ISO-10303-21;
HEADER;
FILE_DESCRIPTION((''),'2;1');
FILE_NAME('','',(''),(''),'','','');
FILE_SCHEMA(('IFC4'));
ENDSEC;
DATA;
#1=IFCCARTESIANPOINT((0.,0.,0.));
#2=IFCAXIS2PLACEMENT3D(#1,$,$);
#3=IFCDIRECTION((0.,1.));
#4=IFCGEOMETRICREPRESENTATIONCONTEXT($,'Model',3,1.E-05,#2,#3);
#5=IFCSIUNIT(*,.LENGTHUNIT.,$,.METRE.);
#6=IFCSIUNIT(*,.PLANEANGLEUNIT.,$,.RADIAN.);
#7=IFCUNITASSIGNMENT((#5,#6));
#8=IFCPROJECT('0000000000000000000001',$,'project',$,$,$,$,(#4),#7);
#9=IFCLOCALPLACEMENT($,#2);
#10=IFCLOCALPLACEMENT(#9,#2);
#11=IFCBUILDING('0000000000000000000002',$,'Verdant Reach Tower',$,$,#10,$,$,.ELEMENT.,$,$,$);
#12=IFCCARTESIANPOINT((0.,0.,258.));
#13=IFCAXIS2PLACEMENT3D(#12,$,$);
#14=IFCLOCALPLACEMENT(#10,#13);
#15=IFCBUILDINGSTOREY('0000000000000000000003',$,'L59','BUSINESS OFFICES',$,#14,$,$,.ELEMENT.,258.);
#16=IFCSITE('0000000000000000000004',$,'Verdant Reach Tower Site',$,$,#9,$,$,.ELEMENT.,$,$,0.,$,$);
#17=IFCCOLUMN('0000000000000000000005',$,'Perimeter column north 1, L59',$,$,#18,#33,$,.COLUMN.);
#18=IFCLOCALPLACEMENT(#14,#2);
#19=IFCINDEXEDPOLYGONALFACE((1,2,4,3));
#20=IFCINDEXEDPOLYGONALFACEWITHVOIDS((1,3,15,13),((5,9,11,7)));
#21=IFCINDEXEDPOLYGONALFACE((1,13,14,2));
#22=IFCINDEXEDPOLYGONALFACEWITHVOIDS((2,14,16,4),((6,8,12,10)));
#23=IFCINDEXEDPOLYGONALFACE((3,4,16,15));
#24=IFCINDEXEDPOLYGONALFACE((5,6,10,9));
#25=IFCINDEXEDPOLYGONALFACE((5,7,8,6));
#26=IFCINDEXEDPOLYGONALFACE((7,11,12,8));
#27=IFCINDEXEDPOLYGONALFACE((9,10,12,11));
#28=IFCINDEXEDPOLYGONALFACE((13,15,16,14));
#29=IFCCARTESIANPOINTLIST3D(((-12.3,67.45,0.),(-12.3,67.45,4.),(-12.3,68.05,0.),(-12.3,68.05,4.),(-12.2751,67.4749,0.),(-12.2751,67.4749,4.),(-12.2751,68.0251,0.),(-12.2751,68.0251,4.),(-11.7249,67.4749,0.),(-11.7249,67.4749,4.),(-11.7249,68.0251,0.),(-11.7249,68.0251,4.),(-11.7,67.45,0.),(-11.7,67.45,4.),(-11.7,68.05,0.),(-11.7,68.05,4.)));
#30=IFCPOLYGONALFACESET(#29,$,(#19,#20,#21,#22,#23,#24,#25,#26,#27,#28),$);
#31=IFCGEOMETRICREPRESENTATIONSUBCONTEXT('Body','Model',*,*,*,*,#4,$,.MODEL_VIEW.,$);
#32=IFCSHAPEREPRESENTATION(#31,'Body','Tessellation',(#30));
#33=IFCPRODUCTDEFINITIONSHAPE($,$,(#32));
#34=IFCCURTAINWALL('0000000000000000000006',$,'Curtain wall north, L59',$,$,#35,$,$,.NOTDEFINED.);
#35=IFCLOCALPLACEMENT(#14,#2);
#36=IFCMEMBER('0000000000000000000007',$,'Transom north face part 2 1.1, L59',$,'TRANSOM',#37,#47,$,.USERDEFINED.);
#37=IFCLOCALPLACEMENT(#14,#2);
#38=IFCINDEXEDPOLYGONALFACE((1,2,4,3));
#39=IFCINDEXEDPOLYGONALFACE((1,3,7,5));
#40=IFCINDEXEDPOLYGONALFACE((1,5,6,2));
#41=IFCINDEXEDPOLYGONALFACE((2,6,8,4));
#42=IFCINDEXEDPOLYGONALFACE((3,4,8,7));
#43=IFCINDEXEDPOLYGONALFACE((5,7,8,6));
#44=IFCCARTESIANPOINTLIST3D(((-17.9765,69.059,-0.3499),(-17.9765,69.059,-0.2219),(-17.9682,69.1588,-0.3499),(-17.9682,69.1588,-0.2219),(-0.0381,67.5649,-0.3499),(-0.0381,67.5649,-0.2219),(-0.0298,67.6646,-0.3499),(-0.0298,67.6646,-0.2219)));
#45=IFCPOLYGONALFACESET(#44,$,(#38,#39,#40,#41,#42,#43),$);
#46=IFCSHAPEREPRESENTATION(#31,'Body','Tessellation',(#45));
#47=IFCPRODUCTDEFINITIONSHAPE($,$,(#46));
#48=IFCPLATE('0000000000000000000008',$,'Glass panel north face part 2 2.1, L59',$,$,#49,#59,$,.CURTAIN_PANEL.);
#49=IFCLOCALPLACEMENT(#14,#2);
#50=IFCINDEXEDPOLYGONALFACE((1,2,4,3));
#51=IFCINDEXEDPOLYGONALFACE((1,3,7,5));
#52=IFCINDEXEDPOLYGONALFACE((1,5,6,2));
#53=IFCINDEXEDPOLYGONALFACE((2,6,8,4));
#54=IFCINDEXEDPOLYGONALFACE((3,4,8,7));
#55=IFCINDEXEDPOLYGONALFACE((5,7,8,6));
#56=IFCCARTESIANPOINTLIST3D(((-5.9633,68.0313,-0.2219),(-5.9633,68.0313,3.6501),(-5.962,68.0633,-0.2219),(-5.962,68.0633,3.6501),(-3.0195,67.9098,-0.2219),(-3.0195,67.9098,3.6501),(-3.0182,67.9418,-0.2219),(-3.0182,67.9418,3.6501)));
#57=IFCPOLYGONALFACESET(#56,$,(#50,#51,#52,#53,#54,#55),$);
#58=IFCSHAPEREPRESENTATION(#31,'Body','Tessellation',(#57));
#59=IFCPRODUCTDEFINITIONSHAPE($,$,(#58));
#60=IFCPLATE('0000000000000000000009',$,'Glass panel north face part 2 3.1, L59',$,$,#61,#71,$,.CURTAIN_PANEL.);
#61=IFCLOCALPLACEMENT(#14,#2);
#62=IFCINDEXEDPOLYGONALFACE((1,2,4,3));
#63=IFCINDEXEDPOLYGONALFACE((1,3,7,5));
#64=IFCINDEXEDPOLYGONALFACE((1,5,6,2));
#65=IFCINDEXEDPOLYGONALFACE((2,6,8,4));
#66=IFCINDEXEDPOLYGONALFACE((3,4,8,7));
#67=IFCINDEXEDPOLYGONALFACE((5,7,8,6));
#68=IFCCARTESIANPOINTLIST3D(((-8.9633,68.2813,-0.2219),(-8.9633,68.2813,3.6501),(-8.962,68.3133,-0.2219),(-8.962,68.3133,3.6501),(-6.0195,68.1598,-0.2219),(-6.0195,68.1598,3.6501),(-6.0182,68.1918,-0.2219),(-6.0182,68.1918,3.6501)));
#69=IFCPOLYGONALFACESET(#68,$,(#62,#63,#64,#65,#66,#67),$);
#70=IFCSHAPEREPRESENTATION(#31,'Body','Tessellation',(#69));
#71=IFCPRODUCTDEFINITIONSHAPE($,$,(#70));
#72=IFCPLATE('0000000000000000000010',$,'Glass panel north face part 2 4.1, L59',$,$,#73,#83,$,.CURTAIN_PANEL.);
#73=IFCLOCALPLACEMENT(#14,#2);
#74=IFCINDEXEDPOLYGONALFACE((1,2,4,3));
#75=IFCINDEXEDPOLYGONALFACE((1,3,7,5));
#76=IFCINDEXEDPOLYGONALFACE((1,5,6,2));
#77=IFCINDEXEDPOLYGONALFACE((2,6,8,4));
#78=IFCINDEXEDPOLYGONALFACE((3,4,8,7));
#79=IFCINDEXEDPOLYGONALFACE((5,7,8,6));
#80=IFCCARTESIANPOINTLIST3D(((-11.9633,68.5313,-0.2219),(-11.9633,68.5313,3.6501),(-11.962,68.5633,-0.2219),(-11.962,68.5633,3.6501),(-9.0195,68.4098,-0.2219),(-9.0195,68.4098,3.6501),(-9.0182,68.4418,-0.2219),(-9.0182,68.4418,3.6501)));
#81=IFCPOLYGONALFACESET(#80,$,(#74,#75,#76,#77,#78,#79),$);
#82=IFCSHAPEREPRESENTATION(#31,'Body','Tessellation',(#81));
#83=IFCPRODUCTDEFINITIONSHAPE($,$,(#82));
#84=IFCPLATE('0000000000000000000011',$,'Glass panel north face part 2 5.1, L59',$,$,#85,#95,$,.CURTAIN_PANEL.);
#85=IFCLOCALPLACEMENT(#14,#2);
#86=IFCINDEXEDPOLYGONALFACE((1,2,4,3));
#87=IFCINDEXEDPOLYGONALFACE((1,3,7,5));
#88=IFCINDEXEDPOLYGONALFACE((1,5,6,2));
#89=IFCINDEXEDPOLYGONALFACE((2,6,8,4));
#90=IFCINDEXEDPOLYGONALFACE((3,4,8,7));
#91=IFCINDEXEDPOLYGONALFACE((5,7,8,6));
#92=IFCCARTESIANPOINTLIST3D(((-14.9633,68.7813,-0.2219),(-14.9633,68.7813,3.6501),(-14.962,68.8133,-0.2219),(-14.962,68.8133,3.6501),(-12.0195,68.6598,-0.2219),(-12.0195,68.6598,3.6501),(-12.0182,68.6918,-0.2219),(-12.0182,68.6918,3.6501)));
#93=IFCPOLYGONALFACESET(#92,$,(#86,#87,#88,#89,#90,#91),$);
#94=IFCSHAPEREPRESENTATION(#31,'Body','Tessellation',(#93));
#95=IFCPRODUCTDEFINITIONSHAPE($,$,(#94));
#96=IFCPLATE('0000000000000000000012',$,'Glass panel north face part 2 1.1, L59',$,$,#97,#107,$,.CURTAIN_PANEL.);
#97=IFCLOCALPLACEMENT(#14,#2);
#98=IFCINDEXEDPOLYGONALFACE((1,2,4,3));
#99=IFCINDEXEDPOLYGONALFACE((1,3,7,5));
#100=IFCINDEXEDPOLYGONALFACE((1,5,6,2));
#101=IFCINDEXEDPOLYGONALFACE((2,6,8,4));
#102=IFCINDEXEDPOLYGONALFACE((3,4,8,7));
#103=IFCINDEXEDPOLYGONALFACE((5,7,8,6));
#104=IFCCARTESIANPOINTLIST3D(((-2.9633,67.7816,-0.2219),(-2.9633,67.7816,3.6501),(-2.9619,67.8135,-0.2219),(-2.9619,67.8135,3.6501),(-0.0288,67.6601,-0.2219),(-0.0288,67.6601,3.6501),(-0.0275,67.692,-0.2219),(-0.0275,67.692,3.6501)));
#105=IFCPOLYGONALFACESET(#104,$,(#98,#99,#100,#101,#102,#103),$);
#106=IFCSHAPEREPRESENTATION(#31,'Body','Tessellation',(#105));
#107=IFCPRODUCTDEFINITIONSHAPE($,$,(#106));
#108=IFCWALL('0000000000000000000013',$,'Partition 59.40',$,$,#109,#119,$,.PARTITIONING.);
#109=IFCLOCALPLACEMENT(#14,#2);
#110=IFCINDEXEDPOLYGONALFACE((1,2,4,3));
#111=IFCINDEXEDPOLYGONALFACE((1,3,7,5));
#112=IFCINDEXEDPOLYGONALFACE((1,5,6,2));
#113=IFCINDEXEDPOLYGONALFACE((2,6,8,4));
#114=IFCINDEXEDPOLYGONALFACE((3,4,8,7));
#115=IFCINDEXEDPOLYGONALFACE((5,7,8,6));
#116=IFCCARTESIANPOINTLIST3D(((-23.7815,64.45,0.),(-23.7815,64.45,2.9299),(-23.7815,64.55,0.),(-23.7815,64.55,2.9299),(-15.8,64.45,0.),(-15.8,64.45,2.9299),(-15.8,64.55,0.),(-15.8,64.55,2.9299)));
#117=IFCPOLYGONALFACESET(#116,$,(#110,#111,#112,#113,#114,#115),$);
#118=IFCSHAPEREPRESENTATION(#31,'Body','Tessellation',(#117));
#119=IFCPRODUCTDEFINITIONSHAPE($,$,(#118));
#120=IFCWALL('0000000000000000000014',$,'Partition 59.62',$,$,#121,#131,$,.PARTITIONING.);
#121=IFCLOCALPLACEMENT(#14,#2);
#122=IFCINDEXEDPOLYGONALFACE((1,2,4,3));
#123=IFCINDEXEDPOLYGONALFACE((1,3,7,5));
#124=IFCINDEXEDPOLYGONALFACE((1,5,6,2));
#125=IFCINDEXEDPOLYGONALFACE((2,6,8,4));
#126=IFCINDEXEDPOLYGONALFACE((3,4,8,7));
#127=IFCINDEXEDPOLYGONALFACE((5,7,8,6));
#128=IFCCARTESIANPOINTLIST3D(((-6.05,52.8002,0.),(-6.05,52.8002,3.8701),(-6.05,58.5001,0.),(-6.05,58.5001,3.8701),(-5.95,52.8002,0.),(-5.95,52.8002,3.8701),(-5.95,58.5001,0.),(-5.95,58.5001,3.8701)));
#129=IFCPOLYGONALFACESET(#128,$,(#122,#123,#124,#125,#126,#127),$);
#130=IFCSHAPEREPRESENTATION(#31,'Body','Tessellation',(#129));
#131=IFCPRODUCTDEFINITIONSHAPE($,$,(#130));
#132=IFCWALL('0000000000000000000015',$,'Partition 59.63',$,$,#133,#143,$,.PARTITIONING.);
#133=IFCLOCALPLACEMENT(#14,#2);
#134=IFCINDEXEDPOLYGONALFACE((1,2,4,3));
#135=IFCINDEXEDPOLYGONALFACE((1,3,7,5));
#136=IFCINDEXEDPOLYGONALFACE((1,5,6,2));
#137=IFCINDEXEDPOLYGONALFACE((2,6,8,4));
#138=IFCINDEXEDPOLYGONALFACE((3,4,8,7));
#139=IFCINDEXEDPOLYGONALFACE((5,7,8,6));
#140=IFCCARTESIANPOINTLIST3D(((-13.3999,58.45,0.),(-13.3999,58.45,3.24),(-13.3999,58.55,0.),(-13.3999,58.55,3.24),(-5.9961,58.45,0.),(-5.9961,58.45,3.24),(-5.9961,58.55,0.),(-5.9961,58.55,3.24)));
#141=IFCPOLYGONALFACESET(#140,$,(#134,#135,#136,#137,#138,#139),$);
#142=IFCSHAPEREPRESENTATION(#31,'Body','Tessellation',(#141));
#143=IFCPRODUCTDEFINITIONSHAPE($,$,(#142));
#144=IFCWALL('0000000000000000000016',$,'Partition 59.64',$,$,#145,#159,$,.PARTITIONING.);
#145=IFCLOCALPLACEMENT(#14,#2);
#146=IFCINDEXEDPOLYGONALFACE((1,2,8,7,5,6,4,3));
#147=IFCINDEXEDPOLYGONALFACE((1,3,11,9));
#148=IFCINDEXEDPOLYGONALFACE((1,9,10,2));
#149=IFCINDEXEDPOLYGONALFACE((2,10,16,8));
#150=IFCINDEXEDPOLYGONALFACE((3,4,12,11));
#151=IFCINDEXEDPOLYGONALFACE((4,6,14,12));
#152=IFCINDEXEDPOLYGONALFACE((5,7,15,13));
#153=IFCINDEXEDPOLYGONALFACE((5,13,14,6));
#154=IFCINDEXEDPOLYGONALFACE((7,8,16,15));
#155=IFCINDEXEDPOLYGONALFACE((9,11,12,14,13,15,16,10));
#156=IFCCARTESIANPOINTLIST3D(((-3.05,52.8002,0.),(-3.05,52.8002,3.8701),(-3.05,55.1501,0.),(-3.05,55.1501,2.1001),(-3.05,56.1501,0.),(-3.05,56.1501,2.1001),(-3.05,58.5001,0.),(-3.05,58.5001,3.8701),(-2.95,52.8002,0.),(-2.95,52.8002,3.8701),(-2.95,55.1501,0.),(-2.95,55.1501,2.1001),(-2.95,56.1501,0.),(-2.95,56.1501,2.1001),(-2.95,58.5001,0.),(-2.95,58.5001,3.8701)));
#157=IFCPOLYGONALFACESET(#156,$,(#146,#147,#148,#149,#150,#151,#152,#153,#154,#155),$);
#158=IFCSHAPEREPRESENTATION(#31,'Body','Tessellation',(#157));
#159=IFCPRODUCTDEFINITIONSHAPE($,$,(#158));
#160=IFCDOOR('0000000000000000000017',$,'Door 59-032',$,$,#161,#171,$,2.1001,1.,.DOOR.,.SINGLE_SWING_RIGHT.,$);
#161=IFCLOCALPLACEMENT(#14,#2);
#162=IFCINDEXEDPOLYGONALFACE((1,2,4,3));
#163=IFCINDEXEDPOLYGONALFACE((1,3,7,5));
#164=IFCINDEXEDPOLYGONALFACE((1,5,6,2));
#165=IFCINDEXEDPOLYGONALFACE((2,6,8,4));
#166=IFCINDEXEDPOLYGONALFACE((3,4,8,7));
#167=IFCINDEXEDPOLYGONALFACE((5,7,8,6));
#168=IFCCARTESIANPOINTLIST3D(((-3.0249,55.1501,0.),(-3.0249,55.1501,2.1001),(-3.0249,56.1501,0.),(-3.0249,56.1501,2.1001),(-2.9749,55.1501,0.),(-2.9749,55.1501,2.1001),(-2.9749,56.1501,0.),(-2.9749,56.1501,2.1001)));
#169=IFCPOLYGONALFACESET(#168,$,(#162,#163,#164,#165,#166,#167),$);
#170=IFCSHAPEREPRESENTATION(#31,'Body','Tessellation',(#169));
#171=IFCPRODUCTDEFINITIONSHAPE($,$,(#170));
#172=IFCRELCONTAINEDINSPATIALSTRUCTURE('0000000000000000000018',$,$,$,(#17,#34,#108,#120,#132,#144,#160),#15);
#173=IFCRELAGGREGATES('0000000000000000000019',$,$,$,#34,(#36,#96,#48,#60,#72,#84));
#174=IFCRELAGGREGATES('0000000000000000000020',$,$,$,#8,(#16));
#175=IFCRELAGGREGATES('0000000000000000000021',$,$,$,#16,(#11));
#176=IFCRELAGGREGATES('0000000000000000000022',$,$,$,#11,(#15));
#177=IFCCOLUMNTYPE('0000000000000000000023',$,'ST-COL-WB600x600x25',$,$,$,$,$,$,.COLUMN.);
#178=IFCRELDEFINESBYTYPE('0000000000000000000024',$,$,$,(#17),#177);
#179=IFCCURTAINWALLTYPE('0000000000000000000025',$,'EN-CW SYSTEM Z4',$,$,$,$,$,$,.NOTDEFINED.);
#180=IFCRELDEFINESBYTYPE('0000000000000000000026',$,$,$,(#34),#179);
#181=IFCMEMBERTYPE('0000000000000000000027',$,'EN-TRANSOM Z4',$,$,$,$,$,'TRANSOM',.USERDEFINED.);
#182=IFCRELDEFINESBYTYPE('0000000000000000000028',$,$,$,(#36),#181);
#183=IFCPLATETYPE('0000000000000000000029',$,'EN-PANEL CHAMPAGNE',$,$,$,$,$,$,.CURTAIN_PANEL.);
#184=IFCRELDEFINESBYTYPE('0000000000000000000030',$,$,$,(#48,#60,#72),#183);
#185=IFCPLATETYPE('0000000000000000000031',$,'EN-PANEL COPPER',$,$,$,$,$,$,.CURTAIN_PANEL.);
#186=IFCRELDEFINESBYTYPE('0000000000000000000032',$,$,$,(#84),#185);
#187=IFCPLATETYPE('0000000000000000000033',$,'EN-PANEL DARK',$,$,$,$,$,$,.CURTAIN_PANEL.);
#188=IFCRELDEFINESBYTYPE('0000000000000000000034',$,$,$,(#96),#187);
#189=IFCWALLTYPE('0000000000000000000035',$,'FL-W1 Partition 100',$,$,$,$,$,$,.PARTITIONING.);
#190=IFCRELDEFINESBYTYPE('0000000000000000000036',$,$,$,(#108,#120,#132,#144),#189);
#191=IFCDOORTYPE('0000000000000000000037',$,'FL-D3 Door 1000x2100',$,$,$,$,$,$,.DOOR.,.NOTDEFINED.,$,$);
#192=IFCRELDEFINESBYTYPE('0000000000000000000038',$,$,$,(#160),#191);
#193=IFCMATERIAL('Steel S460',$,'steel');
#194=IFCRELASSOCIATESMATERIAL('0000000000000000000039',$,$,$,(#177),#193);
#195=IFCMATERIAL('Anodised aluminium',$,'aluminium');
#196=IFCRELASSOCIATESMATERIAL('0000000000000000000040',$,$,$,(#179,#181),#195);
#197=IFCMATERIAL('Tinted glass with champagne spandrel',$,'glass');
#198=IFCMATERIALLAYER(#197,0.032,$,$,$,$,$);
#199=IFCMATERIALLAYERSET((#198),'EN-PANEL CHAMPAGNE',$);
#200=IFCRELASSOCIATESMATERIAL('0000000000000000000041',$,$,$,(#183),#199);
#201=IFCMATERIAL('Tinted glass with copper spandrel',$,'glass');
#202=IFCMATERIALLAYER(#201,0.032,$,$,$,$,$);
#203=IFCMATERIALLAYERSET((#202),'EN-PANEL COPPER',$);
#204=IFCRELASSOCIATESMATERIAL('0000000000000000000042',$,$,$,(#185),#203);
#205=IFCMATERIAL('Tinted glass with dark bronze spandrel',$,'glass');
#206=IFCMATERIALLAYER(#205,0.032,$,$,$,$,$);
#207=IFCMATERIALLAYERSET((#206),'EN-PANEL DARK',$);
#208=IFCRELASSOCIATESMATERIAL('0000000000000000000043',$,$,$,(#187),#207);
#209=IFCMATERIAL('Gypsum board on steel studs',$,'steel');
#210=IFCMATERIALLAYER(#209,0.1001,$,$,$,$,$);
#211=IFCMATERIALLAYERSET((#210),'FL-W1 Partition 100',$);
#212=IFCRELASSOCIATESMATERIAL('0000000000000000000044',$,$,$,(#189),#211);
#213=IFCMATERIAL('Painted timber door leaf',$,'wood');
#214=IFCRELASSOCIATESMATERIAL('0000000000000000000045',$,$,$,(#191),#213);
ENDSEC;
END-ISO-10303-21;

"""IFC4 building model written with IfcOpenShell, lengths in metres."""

from ifc_helpers import new_model, si_unit, direction, frame, frame_2d, origin, origin_2d, place, context, subcontext, project, spatial, rectangle, hollow_rectangle, extrude, material, layer, layer_set, material_profile, profile_set, type_object, element, fill, aggregate, save


model = new_model("IFC4")

# Units and contexts
model_context = context("Model", 3, precision=1e-05, world=origin(), true_north=direction((0.0, 1.0)))
body_context = subcontext(model_context, "Body", "Model", "MODEL_VIEW")
ifc_project = project(units=[si_unit("LENGTHUNIT", "METRE"), si_unit("PLANEANGLEUNIT", "RADIAN")], contexts=[model_context])

# Site, building, storey
site_placement = place(None, origin())
site = spatial("IfcSite", under=ifc_project, at=site_placement, Name="Verdant Reach Tower Site", CompositionType="ELEMENT", RefElevation=0.0)
building_placement = place(site_placement, origin())
building = spatial("IfcBuilding", under=site, at=building_placement, Name="Verdant Reach Tower", CompositionType="ELEMENT")
storey_placement = place(building_placement, frame((0.0, 0.0, 258.0)))
storey = spatial("IfcBuildingStorey", under=building, at=storey_placement, Name="L59", Description="BUSINESS OFFICES", CompositionType="ELEMENT", Elevation=258.0)

# Column
ifc_material_1 = material(Name="Steel S460", Category="steel")
ifc_material_profile_1 = material_profile(ifc_material_1, hollow_rectangle(XDim=0.6001, YDim=0.6001, WallThickness=0.0249, at=origin_2d()), Name="WB 600x600x25")
ifc_profile_set_1 = profile_set([ifc_material_profile_1], Name="Steel S460")
column_type = type_object("IfcColumnType", Name="ST-COL-WB600x600x25", PredefinedType="COLUMN", material=ifc_profile_set_1)
column_placement = place(storey_placement, frame((-12.0, 67.75, 0.0), z_axis=(0.0, 0.0, 1.0), x_axis=(1.0, 0.0, 0.0)))
element("IfcColumn", 1, at=column_placement, inside=storey, type_object=column_type, Name="Perimeter column north 1, L59", PredefinedType="COLUMN", context=body_context, shape_type="SweptSolid", body=[
    extrude(hollow_rectangle(XDim=0.6001, YDim=0.6001, WallThickness=0.0249, at=origin_2d()), origin(), (0.0, 0.0, 1.0), 4.0),
])

# Curtain wall, member, plates
ifc_material_2 = material(Name="Anodised aluminium", Category="aluminium")
curtain_wall_type = type_object("IfcCurtainWallType", Name="EN-CW SYSTEM Z4", PredefinedType="NOTDEFINED", material=ifc_material_2)
curtain_wall_placement = place(storey_placement, origin())
curtain_wall = element("IfcCurtainWall", 2, at=curtain_wall_placement, inside=storey, type_object=curtain_wall_type, Name="Curtain wall north, L59", PredefinedType="NOTDEFINED")
ifc_material_profile_2 = material_profile(ifc_material_2, rectangle(XDim=0.1001, YDim=0.1279, at=origin_2d()), Name="Transom 128x100")
ifc_profile_set_2 = profile_set([ifc_material_profile_2], Name="Anodised aluminium")
member_type = type_object("IfcMemberType", Name="EN-TRANSOM Z4", ElementType="TRANSOM", PredefinedType="USERDEFINED", material=ifc_profile_set_2)
member_placement = place(storey_placement, frame((-0.0339, 67.6147, -0.2859), z_axis=(-0.996549, 0.083005, 0.0), x_axis=(-0.083005, -0.996549, 0.0)))
member = element("IfcMember", 3, at=member_placement, type_object=member_type, Name="Transom north face part 2 1.1, L59", ObjectType="TRANSOM", PredefinedType="USERDEFINED", context=body_context, shape_type="SweptSolid", body=[
    extrude(rectangle(XDim=0.1001, YDim=0.1279, at=origin_2d()), origin(), (0.0, 0.0, 1.0), 18.0005),
])
ifc_material_3 = material(Name="Tinted glass with champagne spandrel", Category="glass")
ifc_layer_1 = layer(ifc_material_3, 0.032)
ifc_layer_set_1 = layer_set([ifc_layer_1], Name="EN-PANEL CHAMPAGNE")
plate_type_1 = type_object("IfcPlateType", Name="EN-PANEL CHAMPAGNE", PredefinedType="CURTAIN_PANEL", material=ifc_layer_set_1)
plate_1_placement = place(storey_placement, frame((-4.4907, 67.9866, -0.2219), z_axis=(0.0, 0.0, 1.0), x_axis=(-0.999149, 0.041242, 0.0)))
plate_1 = element("IfcPlate", 4, at=plate_1_placement, type_object=plate_type_1, Name="Glass panel north face part 2 2.1, L59", PredefinedType="CURTAIN_PANEL", context=body_context, shape_type="SweptSolid", body=[
    extrude(rectangle(XDim=2.9463, YDim=0.032, at=origin_2d()), origin(), (0.0, 0.0, 1.0), 3.8721),
])
plate_2_placement = place(storey_placement, frame((-7.4907, 68.2366, -0.2219), z_axis=(0.0, 0.0, 1.0), x_axis=(-0.999149, 0.041242, 0.0)))
plate_2 = element("IfcPlate", 5, at=plate_2_placement, type_object=plate_type_1, Name="Glass panel north face part 2 3.1, L59", PredefinedType="CURTAIN_PANEL", context=body_context, shape_type="SweptSolid", body=[
    extrude(rectangle(XDim=2.9463, YDim=0.032, at=origin_2d()), origin(), (0.0, 0.0, 1.0), 3.8721),
])
plate_3_placement = place(storey_placement, frame((-10.4907, 68.4866, -0.2219), z_axis=(0.0, 0.0, 1.0), x_axis=(-0.999149, 0.041242, 0.0)))
plate_3 = element("IfcPlate", 6, at=plate_3_placement, type_object=plate_type_1, Name="Glass panel north face part 2 4.1, L59", PredefinedType="CURTAIN_PANEL", context=body_context, shape_type="SweptSolid", body=[
    extrude(rectangle(XDim=2.9463, YDim=0.032, at=origin_2d()), origin(), (0.0, 0.0, 1.0), 3.8721),
])
ifc_material_4 = material(Name="Tinted glass with copper spandrel", Category="glass")
ifc_layer_2 = layer(ifc_material_4, 0.032)
ifc_layer_set_2 = layer_set([ifc_layer_2], Name="EN-PANEL COPPER")
plate_type_2 = type_object("IfcPlateType", Name="EN-PANEL COPPER", PredefinedType="CURTAIN_PANEL", material=ifc_layer_set_2)
plate_4_placement = place(storey_placement, frame((-13.4907, 68.7366, -0.2219), z_axis=(0.0, 0.0, 1.0), x_axis=(-0.999149, 0.041242, 0.0)))
plate_4 = element("IfcPlate", 7, at=plate_4_placement, type_object=plate_type_2, Name="Glass panel north face part 2 5.1, L59", PredefinedType="CURTAIN_PANEL", context=body_context, shape_type="SweptSolid", body=[
    extrude(rectangle(XDim=2.9463, YDim=0.032, at=origin_2d()), origin(), (0.0, 0.0, 1.0), 3.8721),
])
ifc_material_5 = material(Name="Tinted glass with dark bronze spandrel", Category="glass")
ifc_layer_3 = layer(ifc_material_5, 0.032)
ifc_layer_set_3 = layer_set([ifc_layer_3], Name="EN-PANEL DARK")
plate_type_3 = type_object("IfcPlateType", Name="EN-PANEL DARK", PredefinedType="CURTAIN_PANEL", material=ifc_layer_set_3)
plate_5_placement = place(storey_placement, frame((-1.4954, 67.7368, -0.2219), z_axis=(0.0, 0.0, 1.0), x_axis=(-0.999144, 0.04137, 0.0)))
plate_5 = element("IfcPlate", 8, at=plate_5_placement, type_object=plate_type_3, Name="Glass panel north face part 2 1.1, L59", PredefinedType="CURTAIN_PANEL", context=body_context, shape_type="SweptSolid", body=[
    extrude(rectangle(XDim=2.937, YDim=0.032, at=origin_2d()), origin(), (0.0, 0.0, 1.0), 3.8721),
])
aggregate(curtain_wall, [member, plate_5, plate_1, plate_2, plate_3, plate_4])

# Walls
ifc_material_6 = material(Name="Gypsum board on steel studs", Category="steel")
ifc_layer_4 = layer(ifc_material_6, 0.1001)
ifc_layer_set_4 = layer_set([ifc_layer_4], Name="FL-W1 Partition 100")
wall_type_1 = type_object("IfcWallType", Name="FL-W1 Partition 100", PredefinedType="PARTITIONING", material=ifc_layer_set_4)
wall_1_placement = place(storey_placement, frame((-15.8, 64.5, 0.0), z_axis=(0.0, 0.0, 1.0), x_axis=(-1.0, 0.0, 0.0)))
element("IfcWall", 9, at=wall_1_placement, inside=storey, type_object=wall_type_1, Name="Partition 59.40", PredefinedType="PARTITIONING", context=body_context, shape_type="SweptSolid", body=[
    extrude(rectangle(XDim=7.9814, YDim=0.1001, at=frame_2d((3.9907, 0.0))), origin(), (0.0, 0.0, 1.0), 2.9299),
])
wall_2_placement = place(storey_placement, frame((-6.0, 52.8, 0.0), z_axis=(0.0, 0.0, 1.0), x_axis=(0.0, 1.0, 0.0)))
element("IfcWall", 10, at=wall_2_placement, inside=storey, type_object=wall_type_1, Name="Partition 59.62", PredefinedType="PARTITIONING", context=body_context, shape_type="SweptSolid", body=[
    extrude(rectangle(XDim=5.7, YDim=0.1001, at=frame_2d((2.8501, 0.0))), origin(), (0.0, 0.0, 1.0), 3.8701),
])
wall_3_placement = place(storey_placement, frame((-5.9961, 58.5, 0.0), z_axis=(0.0, 0.0, 1.0), x_axis=(-1.0, 0.0, 0.0)))
element("IfcWall", 11, at=wall_3_placement, inside=storey, type_object=wall_type_1, Name="Partition 59.63", PredefinedType="PARTITIONING", context=body_context, shape_type="SweptSolid", body=[
    extrude(rectangle(XDim=7.4038, YDim=0.1001, at=frame_2d((3.7019, 0.0))), origin(), (0.0, 0.0, 1.0), 3.24),
])

# Wall, opening, door
wall_4_placement = place(storey_placement, frame((-3.0, 52.8, 0.0), z_axis=(0.0, 0.0, 1.0), x_axis=(0.0, 1.0, 0.0)))
wall_4 = element("IfcWall", 12, at=wall_4_placement, inside=storey, type_object=wall_type_1, Name="Partition 59.64", PredefinedType="PARTITIONING", context=body_context, shape_type="SweptSolid", body=[
    extrude(rectangle(XDim=5.7, YDim=0.1001, at=frame_2d((2.8501, 0.0))), origin(), (0.0, 0.0, 1.0), 3.8701),
])
opening_1_placement = place(wall_4_placement, frame((2.3501, 0.0, 0.0)))
opening_1 = element("IfcOpeningElement", 13, at=opening_1_placement, cuts=wall_4, PredefinedType="OPENING", context=body_context, shape_type="SweptSolid", body=[
    extrude(rectangle(XDim=1.0, YDim=2.1001, at=frame_2d((0.5, 1.05))), frame((0.0, 0.0601, 0.0), z_axis=(0.0, -1.0, 0.0), x_axis=(1.0, 0.0, 0.0)), (0.0, 0.0, 1.0), 0.1201),
])
ifc_material_7 = material(Name="Painted timber door leaf", Category="wood")
door_type_1 = type_object("IfcDoorType", Name="FL-D3 Door 1000x2100", OperationType="NOTDEFINED", PredefinedType="DOOR", material=ifc_material_7)
door_1_placement = place(opening_1_placement, origin())
door_1 = element("IfcDoor", 14, at=door_1_placement, inside=storey, type_object=door_type_1, Name="Door 59-032", OperationType="SINGLE_SWING_RIGHT", OverallHeight=2.1001, OverallWidth=1.0, PredefinedType="DOOR", context=body_context, shape_type="SweptSolid", body=[
    extrude(rectangle(XDim=1.0, YDim=2.1001, at=frame_2d((0.5, 1.05))), frame((0.0, 0.0249, 0.0), z_axis=(0.0, -1.0, 0.0), x_axis=(1.0, 0.0, 0.0)), (0.0, 0.0, 1.0), 0.05),
])
fill(opening_1, door_1)

save(model, "model.ifc")
